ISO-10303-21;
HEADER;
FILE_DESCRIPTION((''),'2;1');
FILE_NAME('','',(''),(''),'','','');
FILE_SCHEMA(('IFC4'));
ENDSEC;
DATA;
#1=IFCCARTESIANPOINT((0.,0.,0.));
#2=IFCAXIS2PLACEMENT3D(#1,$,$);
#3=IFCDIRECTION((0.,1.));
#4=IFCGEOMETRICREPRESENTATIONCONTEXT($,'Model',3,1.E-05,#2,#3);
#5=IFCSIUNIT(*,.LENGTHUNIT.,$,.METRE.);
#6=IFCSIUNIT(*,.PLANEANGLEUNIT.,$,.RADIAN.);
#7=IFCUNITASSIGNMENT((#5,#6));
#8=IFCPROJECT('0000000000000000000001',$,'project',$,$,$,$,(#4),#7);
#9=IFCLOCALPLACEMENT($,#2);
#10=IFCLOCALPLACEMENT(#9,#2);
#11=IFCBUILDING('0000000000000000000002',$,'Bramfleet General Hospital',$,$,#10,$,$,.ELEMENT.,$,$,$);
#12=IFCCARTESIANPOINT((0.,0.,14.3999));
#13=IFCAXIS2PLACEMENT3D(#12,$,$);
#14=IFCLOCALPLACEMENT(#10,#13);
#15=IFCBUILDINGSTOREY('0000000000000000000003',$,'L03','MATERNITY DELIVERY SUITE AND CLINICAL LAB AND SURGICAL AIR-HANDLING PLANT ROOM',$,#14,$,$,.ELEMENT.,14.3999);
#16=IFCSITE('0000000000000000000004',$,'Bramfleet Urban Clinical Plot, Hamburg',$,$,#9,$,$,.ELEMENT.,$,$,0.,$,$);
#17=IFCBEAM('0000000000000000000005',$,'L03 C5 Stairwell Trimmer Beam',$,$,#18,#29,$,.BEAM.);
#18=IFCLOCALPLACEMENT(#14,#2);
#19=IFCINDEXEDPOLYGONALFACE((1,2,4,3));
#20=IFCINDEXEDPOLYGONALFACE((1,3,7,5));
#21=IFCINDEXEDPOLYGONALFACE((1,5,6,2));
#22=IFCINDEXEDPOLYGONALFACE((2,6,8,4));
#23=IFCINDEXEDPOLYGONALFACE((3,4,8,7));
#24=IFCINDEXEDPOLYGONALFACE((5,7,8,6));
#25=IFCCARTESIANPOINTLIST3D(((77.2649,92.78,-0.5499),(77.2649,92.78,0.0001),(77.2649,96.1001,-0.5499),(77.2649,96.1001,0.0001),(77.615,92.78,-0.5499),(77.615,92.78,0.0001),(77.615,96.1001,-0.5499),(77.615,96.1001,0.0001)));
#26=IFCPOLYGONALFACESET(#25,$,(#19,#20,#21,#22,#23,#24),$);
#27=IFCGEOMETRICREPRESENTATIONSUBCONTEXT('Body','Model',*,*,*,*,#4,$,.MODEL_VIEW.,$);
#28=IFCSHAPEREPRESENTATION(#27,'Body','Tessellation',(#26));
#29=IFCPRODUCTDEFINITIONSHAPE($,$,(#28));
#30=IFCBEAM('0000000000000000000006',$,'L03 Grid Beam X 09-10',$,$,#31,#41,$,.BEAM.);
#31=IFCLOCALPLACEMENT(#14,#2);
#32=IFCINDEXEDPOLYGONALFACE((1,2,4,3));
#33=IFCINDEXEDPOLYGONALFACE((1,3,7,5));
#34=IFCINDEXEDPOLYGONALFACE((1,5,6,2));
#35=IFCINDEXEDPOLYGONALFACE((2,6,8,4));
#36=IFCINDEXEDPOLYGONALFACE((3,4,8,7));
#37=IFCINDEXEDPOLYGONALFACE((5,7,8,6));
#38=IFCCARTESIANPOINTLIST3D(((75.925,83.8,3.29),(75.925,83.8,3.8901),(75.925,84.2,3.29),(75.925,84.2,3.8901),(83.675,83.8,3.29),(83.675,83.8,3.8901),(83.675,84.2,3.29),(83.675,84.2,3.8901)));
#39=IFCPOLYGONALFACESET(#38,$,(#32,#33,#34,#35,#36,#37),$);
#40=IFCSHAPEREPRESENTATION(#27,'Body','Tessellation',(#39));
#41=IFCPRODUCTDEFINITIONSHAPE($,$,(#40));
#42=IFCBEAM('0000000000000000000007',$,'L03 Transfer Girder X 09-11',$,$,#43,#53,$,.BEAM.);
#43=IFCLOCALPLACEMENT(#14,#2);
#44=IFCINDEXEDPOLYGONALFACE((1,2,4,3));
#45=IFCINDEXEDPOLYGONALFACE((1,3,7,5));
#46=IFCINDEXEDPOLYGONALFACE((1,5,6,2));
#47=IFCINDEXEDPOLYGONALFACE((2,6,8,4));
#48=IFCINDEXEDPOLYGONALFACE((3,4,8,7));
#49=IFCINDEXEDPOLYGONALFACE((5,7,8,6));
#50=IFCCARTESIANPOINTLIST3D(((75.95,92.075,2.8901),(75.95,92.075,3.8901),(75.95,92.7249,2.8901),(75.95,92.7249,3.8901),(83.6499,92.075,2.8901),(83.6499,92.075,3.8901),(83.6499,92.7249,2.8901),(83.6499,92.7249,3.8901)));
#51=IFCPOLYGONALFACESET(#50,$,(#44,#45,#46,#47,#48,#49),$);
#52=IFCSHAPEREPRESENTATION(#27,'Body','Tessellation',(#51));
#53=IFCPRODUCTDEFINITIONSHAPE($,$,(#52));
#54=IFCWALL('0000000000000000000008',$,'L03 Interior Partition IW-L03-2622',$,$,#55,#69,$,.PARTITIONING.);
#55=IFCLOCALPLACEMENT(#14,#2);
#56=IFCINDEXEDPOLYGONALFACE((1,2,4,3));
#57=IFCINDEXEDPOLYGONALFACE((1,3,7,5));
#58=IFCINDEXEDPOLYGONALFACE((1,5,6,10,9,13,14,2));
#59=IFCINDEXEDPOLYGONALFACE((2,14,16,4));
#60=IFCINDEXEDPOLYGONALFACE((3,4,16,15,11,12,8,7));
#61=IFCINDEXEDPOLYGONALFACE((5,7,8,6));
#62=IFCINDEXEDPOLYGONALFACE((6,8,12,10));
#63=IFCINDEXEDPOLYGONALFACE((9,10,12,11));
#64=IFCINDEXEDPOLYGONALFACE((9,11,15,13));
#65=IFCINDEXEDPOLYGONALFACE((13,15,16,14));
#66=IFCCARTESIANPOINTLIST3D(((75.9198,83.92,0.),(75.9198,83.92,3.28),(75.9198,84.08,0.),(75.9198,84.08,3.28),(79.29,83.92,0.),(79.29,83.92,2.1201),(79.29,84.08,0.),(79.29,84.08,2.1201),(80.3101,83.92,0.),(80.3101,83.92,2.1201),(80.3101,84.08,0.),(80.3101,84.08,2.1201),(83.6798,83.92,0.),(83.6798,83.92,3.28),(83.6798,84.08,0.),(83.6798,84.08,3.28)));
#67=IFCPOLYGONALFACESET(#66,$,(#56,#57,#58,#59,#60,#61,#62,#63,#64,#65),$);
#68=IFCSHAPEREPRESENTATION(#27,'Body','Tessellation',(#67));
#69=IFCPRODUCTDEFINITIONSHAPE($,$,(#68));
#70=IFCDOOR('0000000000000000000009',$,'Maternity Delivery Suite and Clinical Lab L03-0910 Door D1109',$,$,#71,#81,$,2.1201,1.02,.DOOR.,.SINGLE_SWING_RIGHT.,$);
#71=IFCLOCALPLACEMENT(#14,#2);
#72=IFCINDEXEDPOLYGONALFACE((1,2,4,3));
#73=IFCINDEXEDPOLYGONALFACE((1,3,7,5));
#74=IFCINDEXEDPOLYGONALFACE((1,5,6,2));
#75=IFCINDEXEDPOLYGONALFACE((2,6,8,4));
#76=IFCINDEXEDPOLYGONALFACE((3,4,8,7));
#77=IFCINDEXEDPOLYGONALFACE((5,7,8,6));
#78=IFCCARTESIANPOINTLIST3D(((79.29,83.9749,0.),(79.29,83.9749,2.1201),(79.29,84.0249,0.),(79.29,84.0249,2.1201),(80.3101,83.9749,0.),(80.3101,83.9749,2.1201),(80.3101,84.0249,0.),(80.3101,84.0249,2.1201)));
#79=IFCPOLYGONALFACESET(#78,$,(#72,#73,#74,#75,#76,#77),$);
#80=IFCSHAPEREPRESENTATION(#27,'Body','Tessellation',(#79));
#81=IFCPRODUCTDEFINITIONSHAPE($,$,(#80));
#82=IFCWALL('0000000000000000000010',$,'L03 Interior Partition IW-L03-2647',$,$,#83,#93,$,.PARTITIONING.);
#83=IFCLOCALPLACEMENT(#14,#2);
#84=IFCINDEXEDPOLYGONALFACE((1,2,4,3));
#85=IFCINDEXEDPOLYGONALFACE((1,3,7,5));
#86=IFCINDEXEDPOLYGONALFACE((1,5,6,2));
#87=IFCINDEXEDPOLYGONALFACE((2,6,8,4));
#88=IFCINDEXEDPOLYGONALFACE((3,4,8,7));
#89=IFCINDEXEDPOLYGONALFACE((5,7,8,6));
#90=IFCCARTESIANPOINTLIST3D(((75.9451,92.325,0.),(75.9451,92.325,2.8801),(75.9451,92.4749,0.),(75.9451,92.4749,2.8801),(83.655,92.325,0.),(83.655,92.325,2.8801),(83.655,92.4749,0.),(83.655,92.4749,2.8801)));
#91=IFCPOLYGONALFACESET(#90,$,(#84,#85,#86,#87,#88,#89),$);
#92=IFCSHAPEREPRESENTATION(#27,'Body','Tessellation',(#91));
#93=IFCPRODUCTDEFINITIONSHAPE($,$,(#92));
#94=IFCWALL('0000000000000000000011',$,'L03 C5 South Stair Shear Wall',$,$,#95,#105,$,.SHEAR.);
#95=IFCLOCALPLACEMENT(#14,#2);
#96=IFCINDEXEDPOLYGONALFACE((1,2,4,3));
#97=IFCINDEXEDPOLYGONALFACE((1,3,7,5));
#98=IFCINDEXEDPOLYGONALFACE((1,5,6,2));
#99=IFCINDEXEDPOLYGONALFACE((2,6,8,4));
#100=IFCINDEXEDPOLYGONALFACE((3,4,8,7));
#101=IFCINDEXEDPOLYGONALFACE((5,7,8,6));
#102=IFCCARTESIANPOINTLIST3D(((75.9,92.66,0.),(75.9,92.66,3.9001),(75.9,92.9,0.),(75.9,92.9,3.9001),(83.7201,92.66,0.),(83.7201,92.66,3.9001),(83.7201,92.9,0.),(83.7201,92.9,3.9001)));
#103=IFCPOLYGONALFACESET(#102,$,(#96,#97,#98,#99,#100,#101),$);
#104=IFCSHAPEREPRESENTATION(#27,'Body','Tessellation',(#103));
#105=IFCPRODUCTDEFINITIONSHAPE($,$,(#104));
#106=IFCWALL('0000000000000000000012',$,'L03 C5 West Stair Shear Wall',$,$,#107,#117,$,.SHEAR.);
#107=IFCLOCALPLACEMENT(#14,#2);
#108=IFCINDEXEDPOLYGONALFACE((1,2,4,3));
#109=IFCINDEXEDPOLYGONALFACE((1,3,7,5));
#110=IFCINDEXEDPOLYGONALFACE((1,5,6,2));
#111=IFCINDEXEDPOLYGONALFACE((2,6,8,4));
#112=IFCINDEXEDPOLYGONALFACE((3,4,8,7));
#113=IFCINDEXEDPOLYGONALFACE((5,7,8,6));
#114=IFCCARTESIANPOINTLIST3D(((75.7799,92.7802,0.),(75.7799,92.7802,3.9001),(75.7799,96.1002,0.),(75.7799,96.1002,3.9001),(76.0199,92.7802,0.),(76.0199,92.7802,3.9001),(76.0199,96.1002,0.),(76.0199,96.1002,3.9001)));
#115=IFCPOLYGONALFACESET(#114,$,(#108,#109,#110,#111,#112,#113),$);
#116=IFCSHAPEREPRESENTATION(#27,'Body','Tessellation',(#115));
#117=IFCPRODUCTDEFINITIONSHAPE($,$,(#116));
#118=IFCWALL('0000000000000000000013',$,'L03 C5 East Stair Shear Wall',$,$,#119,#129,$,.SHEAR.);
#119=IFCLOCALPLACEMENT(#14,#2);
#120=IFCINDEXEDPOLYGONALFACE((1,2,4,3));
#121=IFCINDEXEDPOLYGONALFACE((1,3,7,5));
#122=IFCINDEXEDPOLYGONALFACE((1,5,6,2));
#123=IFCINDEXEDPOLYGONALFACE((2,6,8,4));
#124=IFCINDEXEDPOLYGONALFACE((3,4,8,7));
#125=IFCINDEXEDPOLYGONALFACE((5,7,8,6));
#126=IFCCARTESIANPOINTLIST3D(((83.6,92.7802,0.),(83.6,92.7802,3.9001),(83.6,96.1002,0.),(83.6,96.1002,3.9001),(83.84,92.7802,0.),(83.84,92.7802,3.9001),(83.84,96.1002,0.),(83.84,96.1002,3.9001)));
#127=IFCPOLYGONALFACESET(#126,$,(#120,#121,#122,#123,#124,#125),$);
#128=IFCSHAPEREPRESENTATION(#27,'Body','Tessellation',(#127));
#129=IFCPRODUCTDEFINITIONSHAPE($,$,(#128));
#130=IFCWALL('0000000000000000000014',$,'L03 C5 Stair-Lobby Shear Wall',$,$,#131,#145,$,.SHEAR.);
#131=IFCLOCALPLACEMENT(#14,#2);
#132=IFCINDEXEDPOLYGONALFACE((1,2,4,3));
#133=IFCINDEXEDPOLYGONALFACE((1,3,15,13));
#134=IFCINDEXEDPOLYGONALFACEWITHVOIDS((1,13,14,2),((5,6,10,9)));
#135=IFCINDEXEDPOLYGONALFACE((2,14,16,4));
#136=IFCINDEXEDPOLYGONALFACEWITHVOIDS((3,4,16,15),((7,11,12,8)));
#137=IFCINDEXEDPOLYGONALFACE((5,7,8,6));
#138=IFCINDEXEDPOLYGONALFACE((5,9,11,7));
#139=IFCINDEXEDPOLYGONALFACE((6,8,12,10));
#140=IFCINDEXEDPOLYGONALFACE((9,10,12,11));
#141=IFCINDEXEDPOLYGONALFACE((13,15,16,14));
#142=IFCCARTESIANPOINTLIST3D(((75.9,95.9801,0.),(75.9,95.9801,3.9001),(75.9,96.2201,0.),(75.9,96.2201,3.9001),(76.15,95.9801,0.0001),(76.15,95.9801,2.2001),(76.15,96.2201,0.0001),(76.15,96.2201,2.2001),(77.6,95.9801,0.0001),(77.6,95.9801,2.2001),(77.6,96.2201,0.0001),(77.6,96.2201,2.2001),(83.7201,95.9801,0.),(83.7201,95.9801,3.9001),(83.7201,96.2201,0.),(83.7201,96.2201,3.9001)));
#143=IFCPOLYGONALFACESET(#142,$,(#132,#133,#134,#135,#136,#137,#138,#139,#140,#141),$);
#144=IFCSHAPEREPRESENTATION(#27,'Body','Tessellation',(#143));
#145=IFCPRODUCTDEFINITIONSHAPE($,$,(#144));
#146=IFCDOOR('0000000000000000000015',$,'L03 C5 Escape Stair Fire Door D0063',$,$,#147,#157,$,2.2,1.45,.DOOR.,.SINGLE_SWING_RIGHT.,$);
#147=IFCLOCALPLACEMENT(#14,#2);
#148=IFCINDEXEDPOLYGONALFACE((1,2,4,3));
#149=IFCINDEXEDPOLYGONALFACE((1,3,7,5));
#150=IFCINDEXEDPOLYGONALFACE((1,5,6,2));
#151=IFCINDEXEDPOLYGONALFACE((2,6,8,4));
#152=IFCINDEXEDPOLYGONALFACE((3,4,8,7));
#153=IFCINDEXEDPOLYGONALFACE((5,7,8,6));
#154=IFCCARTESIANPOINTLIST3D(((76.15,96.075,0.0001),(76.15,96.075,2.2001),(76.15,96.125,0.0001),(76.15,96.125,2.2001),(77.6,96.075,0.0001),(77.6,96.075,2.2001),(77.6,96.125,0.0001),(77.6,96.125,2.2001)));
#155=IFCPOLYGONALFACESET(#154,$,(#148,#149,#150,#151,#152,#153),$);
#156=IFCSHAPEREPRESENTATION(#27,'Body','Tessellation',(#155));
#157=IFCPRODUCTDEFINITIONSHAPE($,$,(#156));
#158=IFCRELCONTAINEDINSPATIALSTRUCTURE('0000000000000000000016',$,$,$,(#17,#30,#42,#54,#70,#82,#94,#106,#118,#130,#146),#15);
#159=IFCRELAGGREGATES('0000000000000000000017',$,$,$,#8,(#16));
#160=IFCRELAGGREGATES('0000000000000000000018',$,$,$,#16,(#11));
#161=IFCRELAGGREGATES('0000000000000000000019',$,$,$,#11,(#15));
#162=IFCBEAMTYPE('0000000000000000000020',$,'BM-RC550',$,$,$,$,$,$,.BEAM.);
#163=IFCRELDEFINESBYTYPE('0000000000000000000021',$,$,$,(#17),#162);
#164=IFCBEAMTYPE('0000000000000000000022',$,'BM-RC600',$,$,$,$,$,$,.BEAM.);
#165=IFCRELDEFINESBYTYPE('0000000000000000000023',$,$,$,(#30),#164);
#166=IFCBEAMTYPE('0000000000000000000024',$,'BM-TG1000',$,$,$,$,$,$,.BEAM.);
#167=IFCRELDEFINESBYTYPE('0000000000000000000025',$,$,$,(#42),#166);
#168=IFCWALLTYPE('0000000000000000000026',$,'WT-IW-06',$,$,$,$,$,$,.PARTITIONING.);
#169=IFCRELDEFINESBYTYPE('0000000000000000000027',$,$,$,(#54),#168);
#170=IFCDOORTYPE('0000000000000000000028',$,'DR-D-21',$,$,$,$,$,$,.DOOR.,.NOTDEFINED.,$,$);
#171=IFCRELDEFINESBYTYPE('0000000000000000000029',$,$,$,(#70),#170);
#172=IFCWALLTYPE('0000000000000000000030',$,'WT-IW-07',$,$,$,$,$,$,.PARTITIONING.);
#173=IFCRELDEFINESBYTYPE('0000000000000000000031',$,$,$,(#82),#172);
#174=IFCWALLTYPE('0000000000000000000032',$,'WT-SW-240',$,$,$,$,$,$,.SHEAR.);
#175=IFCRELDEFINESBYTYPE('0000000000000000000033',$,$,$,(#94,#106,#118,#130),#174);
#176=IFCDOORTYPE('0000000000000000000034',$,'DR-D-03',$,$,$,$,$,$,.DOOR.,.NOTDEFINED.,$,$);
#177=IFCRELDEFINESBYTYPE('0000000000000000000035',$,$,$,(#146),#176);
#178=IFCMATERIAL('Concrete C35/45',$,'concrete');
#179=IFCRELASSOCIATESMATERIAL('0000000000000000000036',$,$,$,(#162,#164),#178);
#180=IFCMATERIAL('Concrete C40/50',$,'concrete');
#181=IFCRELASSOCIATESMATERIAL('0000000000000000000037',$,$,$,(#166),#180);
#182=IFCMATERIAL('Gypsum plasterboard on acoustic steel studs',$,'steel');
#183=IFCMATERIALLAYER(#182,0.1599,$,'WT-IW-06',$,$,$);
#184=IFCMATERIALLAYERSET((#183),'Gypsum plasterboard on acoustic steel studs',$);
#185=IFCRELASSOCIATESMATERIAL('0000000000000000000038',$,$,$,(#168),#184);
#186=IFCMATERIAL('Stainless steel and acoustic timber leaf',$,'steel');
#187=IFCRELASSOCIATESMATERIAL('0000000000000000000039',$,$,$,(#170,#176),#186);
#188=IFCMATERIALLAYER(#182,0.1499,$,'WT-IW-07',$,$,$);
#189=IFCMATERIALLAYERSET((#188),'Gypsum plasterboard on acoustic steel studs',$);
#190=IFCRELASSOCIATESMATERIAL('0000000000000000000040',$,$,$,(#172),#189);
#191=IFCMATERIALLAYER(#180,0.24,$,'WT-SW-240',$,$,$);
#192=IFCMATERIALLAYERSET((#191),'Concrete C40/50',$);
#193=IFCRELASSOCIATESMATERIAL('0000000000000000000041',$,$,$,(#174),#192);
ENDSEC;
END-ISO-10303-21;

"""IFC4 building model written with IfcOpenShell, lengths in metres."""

from ifc_helpers import new_model, si_unit, direction, frame, frame_2d, origin, origin_2d, place, context, subcontext, project, spatial, rectangle, extrude, material, layer, layer_set, material_profile, profile_set, type_object, element, fill, save


model = new_model("IFC4")

# Units and contexts
model_context = context("Model", 3, precision=1e-05, world=origin(), true_north=direction((0.0, 1.0)))
body_context = subcontext(model_context, "Body", "Model", "MODEL_VIEW")
ifc_project = project(units=[si_unit("LENGTHUNIT", "METRE"), si_unit("PLANEANGLEUNIT", "RADIAN")], contexts=[model_context])

# Site, building, storey
site_placement = place(None, origin())
site = spatial("IfcSite", under=ifc_project, at=site_placement, Name="Bramfleet Urban Clinical Plot, Hamburg", CompositionType="ELEMENT", RefElevation=0.0)
building_placement = place(site_placement, origin())
building = spatial("IfcBuilding", under=site, at=building_placement, Name="Bramfleet General Hospital", CompositionType="ELEMENT")
storey_placement = place(building_placement, frame((0.0, 0.0, 14.3999)))
storey = spatial("IfcBuildingStorey", under=building, at=storey_placement, Name="L03", Description="MATERNITY DELIVERY SUITE AND CLINICAL LAB AND SURGICAL AIR-HANDLING PLANT ROOM", CompositionType="ELEMENT", Elevation=14.3999)

# Beams
ifc_material_1 = material(Name="Concrete C35/45", Category="concrete")
ifc_material_profile_1 = material_profile(ifc_material_1, rectangle(XDim=0.3501, YDim=0.55, at=origin_2d()), Name="RC BM 550x350")
ifc_profile_set_1 = profile_set([ifc_material_profile_1], Name="Concrete C35/45")
beam_type_1 = type_object("IfcBeamType", Name="BM-RC550", PredefinedType="BEAM", material=ifc_profile_set_1)
beam_1_placement = place(storey_placement, frame((77.4399, 92.78, -0.2749), z_axis=(0.0, 1.0, 0.0), x_axis=(-1.0, 0.0, 0.0)))
element("IfcBeam", 1, at=beam_1_placement, inside=storey, type_object=beam_type_1, Name="L03 C5 Stairwell Trimmer Beam", PredefinedType="BEAM", context=body_context, shape_type="SweptSolid", body=[
    extrude(rectangle(XDim=0.3501, YDim=0.55, at=origin_2d()), origin(), (0.0, 0.0, 1.0), 3.3201),
])
ifc_material_profile_2 = material_profile(ifc_material_1, rectangle(XDim=0.3999, YDim=0.6001, at=origin_2d()), Name="RC BM 600x400")
ifc_profile_set_2 = profile_set([ifc_material_profile_2], Name="Concrete C35/45")
beam_type_2 = type_object("IfcBeamType", Name="BM-RC600", PredefinedType="BEAM", material=ifc_profile_set_2)
beam_2_placement = place(storey_placement, frame((75.925, 84.0, 3.5901), z_axis=(1.0, 0.0, 0.0), x_axis=(0.0, 1.0, 0.0)))
element("IfcBeam", 2, at=beam_2_placement, inside=storey, type_object=beam_type_2, Name="L03 Grid Beam X 09-10", PredefinedType="BEAM", context=body_context, shape_type="SweptSolid", body=[
    extrude(rectangle(XDim=0.3999, YDim=0.6001, at=origin_2d()), origin(), (0.0, 0.0, 1.0), 7.75),
])
ifc_material_2 = material(Name="Concrete C40/50", Category="concrete")
ifc_material_profile_3 = material_profile(ifc_material_2, rectangle(XDim=0.6499, YDim=1.0, at=origin_2d()), Name="RC TG 1000x650")
ifc_profile_set_3 = profile_set([ifc_material_profile_3], Name="Concrete C40/50")
beam_type_3 = type_object("IfcBeamType", Name="BM-TG1000", PredefinedType="BEAM", material=ifc_profile_set_3)
beam_3_placement = place(storey_placement, frame((75.95, 92.3999, 3.3901), z_axis=(1.0, 0.0, 0.0), x_axis=(0.0, 1.0, 0.0)))
element("IfcBeam", 3, at=beam_3_placement, inside=storey, type_object=beam_type_3, Name="L03 Transfer Girder X 09-11", PredefinedType="BEAM", context=body_context, shape_type="SweptSolid", body=[
    extrude(rectangle(XDim=0.6499, YDim=1.0, at=origin_2d()), origin(), (0.0, 0.0, 1.0), 7.7),
])

# Wall, opening, door
ifc_material_3 = material(Name="Gypsum plasterboard on acoustic steel studs", Category="steel")
ifc_layer_1 = layer(ifc_material_3, 0.1599, Name="WT-IW-06")
ifc_layer_set_1 = layer_set([ifc_layer_1], Name="Gypsum plasterboard on acoustic steel studs")
wall_type_1 = type_object("IfcWallType", Name="WT-IW-06", PredefinedType="PARTITIONING", material=ifc_layer_set_1)
wall_1_placement = place(storey_placement, frame((75.9199, 84.0, 0.0), z_axis=(0.0, 0.0, 1.0), x_axis=(1.0, 0.0, 0.0)))
wall_1 = element("IfcWall", 4, at=wall_1_placement, inside=storey, type_object=wall_type_1, Name="L03 Interior Partition IW-L03-2622", PredefinedType="PARTITIONING", context=body_context, shape_type="SweptSolid", body=[
    extrude(rectangle(XDim=7.76, YDim=0.1599, at=frame_2d((3.8799, 0.0))), origin(), (0.0, 0.0, 1.0), 3.28),
])
opening_1_placement = place(wall_1_placement, frame((3.3701, 0.0, 0.0)))
opening_1 = element("IfcOpeningElement", 5, at=opening_1_placement, cuts=wall_1, PredefinedType="OPENING", context=body_context, shape_type="SweptSolid", body=[
    extrude(rectangle(XDim=1.02, YDim=2.1201, at=frame_2d((0.51, 1.0601))), frame((0.0, 0.0898, 0.0), z_axis=(0.0, -1.0, 0.0), x_axis=(1.0, 0.0, 0.0)), (0.0, 0.0, 1.0), 0.1799),
])
ifc_material_4 = material(Name="Stainless steel and acoustic timber leaf", Category="steel")
door_type_1 = type_object("IfcDoorType", Name="DR-D-21", OperationType="NOTDEFINED", PredefinedType="DOOR", material=ifc_material_4)
door_1_placement = place(opening_1_placement, origin())
door_1 = element("IfcDoor", 6, at=door_1_placement, inside=storey, type_object=door_type_1, Name="Maternity Delivery Suite and Clinical Lab L03-0910 Door D1109", OperationType="SINGLE_SWING_RIGHT", OverallHeight=2.1201, OverallWidth=1.02, PredefinedType="DOOR", context=body_context, shape_type="SweptSolid", body=[
    extrude(rectangle(XDim=1.02, YDim=2.1201, at=frame_2d((0.51, 1.0601))), frame((0.0, 0.0249, 0.0), z_axis=(0.0, -1.0, 0.0), x_axis=(1.0, 0.0, 0.0)), (0.0, 0.0, 1.0), 0.05),
])
fill(opening_1, door_1)

# Walls
ifc_layer_2 = layer(ifc_material_3, 0.1499, Name="WT-IW-07")
ifc_layer_set_2 = layer_set([ifc_layer_2], Name="Gypsum plasterboard on acoustic steel studs")
wall_type_2 = type_object("IfcWallType", Name="WT-IW-07", PredefinedType="PARTITIONING", material=ifc_layer_set_2)
wall_2_placement = place(storey_placement, frame((75.9451, 92.3999, 0.0), z_axis=(0.0, 0.0, 1.0), x_axis=(1.0, 0.0, 0.0)))
element("IfcWall", 7, at=wall_2_placement, inside=storey, type_object=wall_type_2, Name="L03 Interior Partition IW-L03-2647", PredefinedType="PARTITIONING", context=body_context, shape_type="SweptSolid", body=[
    extrude(rectangle(XDim=7.71, YDim=0.1499, at=frame_2d((3.855, 0.0))), origin(), (0.0, 0.0, 1.0), 2.8801),
])
ifc_layer_3 = layer(ifc_material_2, 0.24, Name="WT-SW-240")
ifc_layer_set_3 = layer_set([ifc_layer_3], Name="Concrete C40/50")
wall_type_3 = type_object("IfcWallType", Name="WT-SW-240", PredefinedType="SHEAR", material=ifc_layer_set_3)
wall_3_placement = place(storey_placement, frame((75.8999, 92.78, 0.0), z_axis=(0.0, 0.0, 1.0), x_axis=(1.0, 0.0, 0.0)))
element("IfcWall", 8, at=wall_3_placement, inside=storey, type_object=wall_type_3, Name="L03 C5 South Stair Shear Wall", PredefinedType="SHEAR", context=body_context, shape_type="SweptSolid", body=[
    extrude(rectangle(XDim=7.8201, YDim=0.24, at=frame_2d((3.9102, 0.0))), origin(), (0.0, 0.0, 1.0), 3.9001),
])
for number, where, z_axis, x_axis, name in (
    (9, (75.8999, 92.78, 0.0), (0.0, 0.0, 1.0), (0.0, 1.0, 0.0), "L03 C5 West Stair Shear Wall"),
    (10, (83.72, 92.78, 0.0), (0.0, 0.0, 1.0), (0.0, 1.0, 0.0), "L03 C5 East Stair Shear Wall"),
):
    element("IfcWall", number, at=place(storey_placement, frame(where, z_axis=z_axis, x_axis=x_axis)), inside=storey, type_object=wall_type_3, Name=name, PredefinedType="SHEAR", context=body_context, shape_type="SweptSolid", body=[
        extrude(rectangle(XDim=3.3201, YDim=0.24, at=frame_2d((1.6602, 0.0))), origin(), (0.0, 0.0, 1.0), 3.9001),
    ])

# Wall, opening, door
wall_4_placement = place(storey_placement, frame((75.8999, 96.1001, 0.0), z_axis=(0.0, 0.0, 1.0), x_axis=(1.0, 0.0, 0.0)))
wall_4 = element("IfcWall", 11, at=wall_4_placement, inside=storey, type_object=wall_type_3, Name="L03 C5 Stair-Lobby Shear Wall", PredefinedType="SHEAR", context=body_context, shape_type="SweptSolid", body=[
    extrude(rectangle(XDim=7.8201, YDim=0.24, at=frame_2d((3.9102, 0.0))), origin(), (0.0, 0.0, 1.0), 3.9001),
])
opening_2_placement = place(wall_4_placement, frame((0.25, 0.0, 0.0)))
opening_2 = element("IfcOpeningElement", 12, at=opening_2_placement, cuts=wall_4, PredefinedType="OPENING", context=body_context, shape_type="SweptSolid", body=[
    extrude(rectangle(XDim=1.45, YDim=2.2, at=frame_2d((0.7251, 1.1001))), frame((0.0, 0.1299, 0.0), z_axis=(0.0, -1.0, 0.0), x_axis=(1.0, 0.0, 0.0)), (0.0, 0.0, 1.0), 0.26),
])
door_type_2 = type_object("IfcDoorType", Name="DR-D-03", OperationType="NOTDEFINED", PredefinedType="DOOR", material=ifc_material_4)
door_2_placement = place(opening_2_placement, origin())
door_2 = element("IfcDoor", 13, at=door_2_placement, inside=storey, type_object=door_type_2, Name="L03 C5 Escape Stair Fire Door D0063", OperationType="SINGLE_SWING_RIGHT", OverallHeight=2.2, OverallWidth=1.45, PredefinedType="DOOR", context=body_context, shape_type="SweptSolid", body=[
    extrude(rectangle(XDim=1.45, YDim=2.2, at=frame_2d((0.7251, 1.1001))), frame((0.0, 0.0249, 0.0), z_axis=(0.0, -1.0, 0.0), x_axis=(1.0, 0.0, 0.0)), (0.0, 0.0, 1.0), 0.05),
])
fill(opening_2, door_2)

save(model, "model.ifc")
